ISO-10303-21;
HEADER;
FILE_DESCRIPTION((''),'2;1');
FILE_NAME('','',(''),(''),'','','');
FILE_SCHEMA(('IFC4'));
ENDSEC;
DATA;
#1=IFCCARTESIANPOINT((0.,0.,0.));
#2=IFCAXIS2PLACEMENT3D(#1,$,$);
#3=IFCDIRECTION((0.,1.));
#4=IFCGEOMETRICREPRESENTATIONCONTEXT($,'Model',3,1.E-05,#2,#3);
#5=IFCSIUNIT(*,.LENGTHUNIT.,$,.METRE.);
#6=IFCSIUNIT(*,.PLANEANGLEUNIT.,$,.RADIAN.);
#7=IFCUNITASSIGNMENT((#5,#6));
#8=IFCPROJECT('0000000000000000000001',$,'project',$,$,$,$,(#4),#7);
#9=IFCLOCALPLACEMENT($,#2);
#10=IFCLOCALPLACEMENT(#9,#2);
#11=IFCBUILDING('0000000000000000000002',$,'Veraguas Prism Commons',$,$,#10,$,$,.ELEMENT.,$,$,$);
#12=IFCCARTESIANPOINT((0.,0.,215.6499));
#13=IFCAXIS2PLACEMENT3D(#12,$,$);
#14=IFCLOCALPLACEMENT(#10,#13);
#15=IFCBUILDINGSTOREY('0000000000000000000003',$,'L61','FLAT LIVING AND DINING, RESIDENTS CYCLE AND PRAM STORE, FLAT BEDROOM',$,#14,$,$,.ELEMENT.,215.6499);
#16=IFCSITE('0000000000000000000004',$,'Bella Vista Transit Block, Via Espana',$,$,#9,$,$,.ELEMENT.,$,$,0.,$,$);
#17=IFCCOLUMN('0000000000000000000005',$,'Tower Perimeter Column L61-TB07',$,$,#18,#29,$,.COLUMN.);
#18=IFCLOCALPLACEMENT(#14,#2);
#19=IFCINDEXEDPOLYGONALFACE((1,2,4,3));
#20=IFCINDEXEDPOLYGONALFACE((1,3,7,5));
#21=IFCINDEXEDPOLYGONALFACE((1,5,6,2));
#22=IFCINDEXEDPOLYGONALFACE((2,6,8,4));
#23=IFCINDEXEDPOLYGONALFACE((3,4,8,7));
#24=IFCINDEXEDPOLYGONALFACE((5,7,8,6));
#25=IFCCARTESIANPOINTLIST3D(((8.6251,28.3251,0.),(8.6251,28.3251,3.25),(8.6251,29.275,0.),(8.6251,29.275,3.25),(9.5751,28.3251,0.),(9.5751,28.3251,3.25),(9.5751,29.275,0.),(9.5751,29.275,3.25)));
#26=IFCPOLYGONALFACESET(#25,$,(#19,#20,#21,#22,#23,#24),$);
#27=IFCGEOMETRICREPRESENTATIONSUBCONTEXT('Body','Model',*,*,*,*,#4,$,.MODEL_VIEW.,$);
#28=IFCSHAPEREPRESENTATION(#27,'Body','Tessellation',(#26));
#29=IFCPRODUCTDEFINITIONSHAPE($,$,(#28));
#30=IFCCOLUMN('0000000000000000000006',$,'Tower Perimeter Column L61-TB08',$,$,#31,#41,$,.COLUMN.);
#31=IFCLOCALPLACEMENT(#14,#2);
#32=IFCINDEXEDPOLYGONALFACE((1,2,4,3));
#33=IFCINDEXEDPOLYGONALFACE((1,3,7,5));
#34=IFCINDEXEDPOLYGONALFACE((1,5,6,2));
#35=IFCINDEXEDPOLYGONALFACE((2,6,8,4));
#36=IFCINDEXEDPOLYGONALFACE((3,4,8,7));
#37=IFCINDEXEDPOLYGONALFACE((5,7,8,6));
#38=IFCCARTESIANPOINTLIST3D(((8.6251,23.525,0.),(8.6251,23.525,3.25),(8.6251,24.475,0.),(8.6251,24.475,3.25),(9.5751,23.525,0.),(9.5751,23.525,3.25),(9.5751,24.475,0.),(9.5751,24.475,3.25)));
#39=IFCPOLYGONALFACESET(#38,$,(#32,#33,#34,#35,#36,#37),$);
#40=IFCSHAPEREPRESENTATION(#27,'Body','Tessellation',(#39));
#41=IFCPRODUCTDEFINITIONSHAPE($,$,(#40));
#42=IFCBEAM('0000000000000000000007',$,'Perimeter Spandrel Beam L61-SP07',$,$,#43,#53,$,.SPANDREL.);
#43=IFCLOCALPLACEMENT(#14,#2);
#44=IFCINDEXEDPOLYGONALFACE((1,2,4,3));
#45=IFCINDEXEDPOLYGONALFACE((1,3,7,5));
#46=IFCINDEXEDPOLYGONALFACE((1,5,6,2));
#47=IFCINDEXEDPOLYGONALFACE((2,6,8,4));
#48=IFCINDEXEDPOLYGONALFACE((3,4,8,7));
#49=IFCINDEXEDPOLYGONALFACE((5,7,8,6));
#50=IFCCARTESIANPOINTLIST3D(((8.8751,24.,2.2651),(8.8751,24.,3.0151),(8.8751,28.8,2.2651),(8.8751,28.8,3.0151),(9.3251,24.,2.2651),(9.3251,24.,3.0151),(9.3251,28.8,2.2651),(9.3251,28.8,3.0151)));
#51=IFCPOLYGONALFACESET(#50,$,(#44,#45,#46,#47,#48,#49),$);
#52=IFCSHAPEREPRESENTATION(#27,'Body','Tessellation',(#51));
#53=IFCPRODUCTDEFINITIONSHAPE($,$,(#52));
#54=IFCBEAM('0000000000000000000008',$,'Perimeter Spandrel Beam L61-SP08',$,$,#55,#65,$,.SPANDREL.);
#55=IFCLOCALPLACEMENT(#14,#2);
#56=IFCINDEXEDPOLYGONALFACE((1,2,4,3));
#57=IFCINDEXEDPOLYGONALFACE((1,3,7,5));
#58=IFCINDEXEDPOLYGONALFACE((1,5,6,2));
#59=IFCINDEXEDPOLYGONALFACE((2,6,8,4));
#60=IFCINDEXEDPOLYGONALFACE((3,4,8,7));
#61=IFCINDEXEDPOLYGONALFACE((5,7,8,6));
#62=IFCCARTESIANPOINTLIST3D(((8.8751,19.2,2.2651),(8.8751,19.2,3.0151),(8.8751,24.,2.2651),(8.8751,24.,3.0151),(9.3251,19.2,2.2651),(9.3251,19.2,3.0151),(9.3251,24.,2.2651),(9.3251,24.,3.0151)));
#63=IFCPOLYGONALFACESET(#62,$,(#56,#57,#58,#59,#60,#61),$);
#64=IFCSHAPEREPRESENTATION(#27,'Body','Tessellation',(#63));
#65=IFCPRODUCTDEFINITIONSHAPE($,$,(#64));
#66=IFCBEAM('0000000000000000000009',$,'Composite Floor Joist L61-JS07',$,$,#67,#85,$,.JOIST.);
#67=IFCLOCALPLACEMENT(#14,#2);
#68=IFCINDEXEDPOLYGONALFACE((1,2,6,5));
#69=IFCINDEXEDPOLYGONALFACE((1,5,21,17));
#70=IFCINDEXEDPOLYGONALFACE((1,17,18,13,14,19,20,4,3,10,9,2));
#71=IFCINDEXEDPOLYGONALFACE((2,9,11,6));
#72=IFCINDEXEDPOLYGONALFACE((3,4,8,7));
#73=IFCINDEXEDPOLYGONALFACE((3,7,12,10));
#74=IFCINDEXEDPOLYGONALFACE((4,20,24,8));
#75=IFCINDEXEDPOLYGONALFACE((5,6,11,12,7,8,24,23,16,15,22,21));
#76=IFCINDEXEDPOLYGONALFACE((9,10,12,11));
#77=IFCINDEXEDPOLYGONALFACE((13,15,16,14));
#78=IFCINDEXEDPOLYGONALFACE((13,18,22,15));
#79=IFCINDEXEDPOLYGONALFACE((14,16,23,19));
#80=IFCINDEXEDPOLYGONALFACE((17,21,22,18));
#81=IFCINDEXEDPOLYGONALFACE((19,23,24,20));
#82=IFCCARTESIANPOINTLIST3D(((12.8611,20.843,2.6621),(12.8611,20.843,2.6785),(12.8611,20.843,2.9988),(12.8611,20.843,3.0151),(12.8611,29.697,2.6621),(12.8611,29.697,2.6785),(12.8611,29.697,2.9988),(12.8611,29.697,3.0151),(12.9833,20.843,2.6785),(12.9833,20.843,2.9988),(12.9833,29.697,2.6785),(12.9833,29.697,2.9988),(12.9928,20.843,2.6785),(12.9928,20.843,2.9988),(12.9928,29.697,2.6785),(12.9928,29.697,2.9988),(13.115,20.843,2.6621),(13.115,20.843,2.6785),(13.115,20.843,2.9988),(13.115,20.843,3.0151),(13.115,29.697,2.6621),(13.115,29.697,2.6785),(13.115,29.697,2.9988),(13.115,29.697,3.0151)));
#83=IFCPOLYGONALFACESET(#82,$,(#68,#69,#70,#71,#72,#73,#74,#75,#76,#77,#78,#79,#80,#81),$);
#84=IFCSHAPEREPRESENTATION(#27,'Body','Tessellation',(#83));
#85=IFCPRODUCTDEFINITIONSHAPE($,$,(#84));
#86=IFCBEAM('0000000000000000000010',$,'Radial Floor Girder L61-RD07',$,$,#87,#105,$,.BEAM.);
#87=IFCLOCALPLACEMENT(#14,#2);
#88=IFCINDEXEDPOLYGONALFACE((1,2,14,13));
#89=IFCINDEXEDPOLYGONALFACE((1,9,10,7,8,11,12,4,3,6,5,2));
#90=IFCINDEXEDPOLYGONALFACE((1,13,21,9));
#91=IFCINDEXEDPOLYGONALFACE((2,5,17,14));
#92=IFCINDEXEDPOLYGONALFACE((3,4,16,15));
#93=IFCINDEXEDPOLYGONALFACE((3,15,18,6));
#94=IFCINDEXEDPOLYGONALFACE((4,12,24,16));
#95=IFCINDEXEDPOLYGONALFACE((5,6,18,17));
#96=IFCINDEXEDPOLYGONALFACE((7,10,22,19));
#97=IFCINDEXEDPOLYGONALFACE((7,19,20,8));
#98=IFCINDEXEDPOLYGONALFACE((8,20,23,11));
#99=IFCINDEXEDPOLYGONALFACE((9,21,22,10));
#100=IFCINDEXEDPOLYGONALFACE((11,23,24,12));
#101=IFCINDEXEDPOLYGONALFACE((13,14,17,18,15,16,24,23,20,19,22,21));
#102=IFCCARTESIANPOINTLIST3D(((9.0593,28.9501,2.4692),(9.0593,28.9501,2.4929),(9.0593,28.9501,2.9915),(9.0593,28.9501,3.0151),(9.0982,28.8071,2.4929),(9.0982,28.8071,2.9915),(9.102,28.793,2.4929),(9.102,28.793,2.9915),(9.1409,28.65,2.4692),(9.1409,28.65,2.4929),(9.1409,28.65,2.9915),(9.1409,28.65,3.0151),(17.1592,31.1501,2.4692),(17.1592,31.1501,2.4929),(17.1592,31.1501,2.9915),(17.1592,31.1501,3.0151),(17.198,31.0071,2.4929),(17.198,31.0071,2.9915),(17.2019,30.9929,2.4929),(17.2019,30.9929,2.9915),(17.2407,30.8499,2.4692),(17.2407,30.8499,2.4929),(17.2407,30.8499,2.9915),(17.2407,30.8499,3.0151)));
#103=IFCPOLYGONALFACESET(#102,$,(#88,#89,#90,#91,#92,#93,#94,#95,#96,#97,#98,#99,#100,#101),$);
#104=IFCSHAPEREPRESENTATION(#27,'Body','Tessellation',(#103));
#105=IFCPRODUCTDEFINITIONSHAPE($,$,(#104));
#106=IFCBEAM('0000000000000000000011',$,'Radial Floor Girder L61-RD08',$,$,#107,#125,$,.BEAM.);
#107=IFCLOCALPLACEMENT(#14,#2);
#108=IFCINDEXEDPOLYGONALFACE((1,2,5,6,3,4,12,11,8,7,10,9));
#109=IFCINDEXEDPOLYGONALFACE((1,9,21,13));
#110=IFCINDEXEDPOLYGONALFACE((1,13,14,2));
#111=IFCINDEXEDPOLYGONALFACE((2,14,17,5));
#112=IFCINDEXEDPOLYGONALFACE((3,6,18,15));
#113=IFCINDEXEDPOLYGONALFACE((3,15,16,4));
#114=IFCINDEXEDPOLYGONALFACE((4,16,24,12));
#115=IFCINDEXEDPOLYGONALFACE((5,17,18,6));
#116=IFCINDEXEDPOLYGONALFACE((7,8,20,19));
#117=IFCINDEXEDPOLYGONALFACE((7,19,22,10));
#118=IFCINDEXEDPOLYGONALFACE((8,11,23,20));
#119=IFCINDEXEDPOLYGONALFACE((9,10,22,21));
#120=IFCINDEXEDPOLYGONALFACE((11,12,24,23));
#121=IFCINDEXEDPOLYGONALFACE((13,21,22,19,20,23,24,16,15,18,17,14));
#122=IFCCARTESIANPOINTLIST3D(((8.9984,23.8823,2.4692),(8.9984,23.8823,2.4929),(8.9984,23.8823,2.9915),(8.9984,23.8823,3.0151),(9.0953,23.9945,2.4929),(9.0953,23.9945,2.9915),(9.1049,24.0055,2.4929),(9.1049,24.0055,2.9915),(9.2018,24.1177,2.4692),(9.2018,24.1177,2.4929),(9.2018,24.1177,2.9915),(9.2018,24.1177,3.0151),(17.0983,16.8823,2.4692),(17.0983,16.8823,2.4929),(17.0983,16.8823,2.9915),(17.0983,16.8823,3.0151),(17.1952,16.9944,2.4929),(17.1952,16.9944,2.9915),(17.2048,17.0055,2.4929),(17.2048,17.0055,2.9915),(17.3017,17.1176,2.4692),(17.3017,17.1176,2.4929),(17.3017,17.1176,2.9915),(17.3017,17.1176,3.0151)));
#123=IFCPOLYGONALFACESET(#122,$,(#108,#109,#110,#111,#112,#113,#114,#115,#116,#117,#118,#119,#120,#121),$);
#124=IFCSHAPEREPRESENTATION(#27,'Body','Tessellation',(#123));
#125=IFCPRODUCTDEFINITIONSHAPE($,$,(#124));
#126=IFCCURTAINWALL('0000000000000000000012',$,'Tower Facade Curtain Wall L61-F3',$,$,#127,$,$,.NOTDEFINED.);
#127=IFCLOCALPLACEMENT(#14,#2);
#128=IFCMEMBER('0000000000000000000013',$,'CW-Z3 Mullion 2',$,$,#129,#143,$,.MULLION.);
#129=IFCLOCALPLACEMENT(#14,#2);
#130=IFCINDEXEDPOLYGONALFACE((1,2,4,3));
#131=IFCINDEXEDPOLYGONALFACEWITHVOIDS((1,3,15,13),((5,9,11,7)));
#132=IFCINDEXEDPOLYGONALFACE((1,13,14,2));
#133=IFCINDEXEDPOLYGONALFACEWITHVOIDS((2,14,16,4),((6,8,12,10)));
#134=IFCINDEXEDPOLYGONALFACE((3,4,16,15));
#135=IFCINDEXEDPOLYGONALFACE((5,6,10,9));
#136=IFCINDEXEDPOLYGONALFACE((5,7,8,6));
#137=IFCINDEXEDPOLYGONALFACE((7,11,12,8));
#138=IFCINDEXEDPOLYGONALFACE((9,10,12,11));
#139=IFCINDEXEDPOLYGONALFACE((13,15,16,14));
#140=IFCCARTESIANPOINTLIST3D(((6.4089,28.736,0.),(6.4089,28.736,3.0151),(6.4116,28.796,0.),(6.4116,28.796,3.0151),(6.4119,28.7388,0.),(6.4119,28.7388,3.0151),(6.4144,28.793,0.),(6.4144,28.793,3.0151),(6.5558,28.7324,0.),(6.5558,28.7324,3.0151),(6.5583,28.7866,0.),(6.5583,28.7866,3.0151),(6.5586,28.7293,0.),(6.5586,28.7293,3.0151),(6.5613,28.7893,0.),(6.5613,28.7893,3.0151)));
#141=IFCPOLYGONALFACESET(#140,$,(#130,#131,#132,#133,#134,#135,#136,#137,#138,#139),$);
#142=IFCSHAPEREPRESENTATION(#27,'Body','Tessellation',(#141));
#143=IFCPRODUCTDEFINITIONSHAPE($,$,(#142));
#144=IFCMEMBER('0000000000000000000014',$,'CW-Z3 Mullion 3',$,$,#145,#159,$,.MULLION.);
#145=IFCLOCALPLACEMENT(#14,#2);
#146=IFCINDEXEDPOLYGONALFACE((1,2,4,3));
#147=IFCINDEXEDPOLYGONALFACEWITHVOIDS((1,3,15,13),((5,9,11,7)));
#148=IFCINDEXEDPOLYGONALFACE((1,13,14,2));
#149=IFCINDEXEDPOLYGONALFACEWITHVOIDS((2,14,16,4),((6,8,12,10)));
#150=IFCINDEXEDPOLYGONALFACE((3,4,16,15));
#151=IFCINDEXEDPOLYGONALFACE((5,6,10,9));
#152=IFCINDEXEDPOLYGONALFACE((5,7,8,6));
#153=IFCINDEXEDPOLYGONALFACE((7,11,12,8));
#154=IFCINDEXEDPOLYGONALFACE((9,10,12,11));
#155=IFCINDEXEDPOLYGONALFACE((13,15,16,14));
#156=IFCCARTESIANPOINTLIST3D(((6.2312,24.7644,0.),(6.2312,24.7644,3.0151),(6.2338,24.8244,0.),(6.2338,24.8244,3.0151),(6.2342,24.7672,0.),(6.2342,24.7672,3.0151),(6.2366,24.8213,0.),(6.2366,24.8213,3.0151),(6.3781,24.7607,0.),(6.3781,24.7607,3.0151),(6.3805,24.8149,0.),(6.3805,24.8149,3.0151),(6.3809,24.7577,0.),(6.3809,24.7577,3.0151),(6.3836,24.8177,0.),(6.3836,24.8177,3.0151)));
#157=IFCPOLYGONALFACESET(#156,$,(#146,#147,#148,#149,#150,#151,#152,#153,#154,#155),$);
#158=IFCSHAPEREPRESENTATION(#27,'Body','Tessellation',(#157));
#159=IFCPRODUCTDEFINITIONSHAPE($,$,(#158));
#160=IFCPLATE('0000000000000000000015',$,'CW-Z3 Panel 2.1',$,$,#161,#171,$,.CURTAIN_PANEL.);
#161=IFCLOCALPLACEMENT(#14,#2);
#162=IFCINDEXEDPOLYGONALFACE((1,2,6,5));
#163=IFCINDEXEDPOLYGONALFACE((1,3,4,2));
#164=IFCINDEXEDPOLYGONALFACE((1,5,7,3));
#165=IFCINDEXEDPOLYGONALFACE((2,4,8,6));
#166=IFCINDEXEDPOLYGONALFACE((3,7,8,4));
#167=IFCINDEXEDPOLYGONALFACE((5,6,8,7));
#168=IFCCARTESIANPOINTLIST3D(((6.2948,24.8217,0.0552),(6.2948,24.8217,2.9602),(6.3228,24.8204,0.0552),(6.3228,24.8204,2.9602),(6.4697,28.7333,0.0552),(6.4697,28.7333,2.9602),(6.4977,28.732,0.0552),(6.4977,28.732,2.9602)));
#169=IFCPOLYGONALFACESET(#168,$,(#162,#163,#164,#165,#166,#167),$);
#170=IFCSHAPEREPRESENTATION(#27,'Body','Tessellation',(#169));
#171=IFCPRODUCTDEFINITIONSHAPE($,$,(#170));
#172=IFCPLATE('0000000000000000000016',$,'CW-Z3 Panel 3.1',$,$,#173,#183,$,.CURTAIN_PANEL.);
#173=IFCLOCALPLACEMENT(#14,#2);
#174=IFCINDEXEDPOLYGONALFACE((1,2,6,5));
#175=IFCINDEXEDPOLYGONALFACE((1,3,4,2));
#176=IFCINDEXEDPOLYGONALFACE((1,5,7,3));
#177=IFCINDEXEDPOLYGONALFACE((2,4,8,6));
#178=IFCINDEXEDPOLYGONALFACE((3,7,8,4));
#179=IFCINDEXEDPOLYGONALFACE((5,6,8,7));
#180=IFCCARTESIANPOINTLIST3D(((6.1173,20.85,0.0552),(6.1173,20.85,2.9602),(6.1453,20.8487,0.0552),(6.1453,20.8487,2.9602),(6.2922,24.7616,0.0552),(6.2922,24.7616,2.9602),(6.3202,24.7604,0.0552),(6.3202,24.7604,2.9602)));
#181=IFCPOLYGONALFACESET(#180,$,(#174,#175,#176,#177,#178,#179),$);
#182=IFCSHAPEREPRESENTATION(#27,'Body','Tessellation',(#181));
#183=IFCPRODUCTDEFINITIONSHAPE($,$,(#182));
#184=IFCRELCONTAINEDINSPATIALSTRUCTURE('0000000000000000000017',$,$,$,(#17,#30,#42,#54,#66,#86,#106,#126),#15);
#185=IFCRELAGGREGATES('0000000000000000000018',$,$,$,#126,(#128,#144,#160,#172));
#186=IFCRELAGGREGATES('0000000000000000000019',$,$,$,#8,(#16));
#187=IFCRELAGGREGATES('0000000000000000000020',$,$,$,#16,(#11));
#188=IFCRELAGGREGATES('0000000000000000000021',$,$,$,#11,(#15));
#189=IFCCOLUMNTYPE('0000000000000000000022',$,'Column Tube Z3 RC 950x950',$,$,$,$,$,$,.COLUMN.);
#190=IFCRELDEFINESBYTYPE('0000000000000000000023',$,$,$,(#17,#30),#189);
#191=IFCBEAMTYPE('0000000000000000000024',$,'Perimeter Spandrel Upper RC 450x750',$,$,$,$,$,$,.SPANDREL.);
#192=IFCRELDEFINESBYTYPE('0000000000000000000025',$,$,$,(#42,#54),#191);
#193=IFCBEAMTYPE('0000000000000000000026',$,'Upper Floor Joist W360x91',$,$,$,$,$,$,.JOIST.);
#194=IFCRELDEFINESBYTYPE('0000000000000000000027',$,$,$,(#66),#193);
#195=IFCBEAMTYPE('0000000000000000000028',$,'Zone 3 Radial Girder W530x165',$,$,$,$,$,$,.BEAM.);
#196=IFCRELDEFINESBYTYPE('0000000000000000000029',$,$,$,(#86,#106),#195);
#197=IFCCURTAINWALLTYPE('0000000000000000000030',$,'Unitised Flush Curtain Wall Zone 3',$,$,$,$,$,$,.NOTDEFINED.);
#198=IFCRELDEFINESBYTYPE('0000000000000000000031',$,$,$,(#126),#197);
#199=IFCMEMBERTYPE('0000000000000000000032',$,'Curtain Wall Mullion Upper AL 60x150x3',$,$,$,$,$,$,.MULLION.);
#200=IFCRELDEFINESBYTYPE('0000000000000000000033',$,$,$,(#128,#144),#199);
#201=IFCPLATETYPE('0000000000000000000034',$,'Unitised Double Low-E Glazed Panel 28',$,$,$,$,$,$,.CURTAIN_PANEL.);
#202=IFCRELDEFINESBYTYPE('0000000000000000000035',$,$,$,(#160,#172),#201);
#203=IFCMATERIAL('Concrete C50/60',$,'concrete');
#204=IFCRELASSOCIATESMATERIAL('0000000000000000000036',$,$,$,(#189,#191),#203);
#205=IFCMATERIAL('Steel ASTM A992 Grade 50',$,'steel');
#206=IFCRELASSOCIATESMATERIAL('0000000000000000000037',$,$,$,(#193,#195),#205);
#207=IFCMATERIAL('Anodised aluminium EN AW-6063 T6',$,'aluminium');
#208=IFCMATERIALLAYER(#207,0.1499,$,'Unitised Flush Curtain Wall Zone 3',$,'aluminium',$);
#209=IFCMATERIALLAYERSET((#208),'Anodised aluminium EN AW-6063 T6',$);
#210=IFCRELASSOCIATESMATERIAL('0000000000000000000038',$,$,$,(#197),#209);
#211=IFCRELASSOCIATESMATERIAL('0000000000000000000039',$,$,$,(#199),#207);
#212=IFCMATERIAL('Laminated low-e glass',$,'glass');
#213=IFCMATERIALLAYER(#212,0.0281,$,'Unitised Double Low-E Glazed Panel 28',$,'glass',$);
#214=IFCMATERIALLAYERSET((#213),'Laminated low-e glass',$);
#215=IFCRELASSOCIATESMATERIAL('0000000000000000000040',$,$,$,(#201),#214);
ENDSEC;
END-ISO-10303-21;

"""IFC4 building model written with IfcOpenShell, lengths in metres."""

from ifc_helpers import new_model, si_unit, direction, frame, origin, origin_2d, place, context, subcontext, project, spatial, rectangle, hollow_rectangle, i_section, extrude, source, transform, mapped, material, layer, layer_set, material_profile, profile_set, type_object, element, aggregate, save


model = new_model("IFC4")

# Units and contexts
model_context = context("Model", 3, precision=1e-05, world=origin(), true_north=direction((0.0, 1.0)))
body_context = subcontext(model_context, "Body", "Model", "MODEL_VIEW")
ifc_project = project(units=[si_unit("LENGTHUNIT", "METRE"), si_unit("PLANEANGLEUNIT", "RADIAN")], contexts=[model_context])

# Site, building, storey
site_placement = place(None, origin())
site = spatial("IfcSite", under=ifc_project, at=site_placement, Name="Bella Vista Transit Block, Via Espana", CompositionType="ELEMENT", RefElevation=0.0)
building_placement = place(site_placement, origin())
building = spatial("IfcBuilding", under=site, at=building_placement, Name="Veraguas Prism Commons", CompositionType="ELEMENT")
storey_placement = place(building_placement, frame((0.0, 0.0, 215.6499)))
storey = spatial("IfcBuildingStorey", under=building, at=storey_placement, Name="L61", Description="FLAT LIVING AND DINING, RESIDENTS CYCLE AND PRAM STORE, FLAT BEDROOM", CompositionType="ELEMENT", Elevation=215.6499)

# Columns
ifc_material_1 = material(Name="Concrete C50/60", Category="concrete")
ifc_material_profile_1 = material_profile(ifc_material_1, rectangle(XDim=0.95, YDim=0.95, at=origin_2d()), Name="RC950X950")
ifc_profile_set_1 = profile_set([ifc_material_profile_1], Name="Concrete C50/60")
column_type = type_object("IfcColumnType", Name="Column Tube Z3 RC 950x950", PredefinedType="COLUMN", material=ifc_profile_set_1)
for number, where, z_axis, x_axis, name in (
    (1, (9.1001, 28.8, 0.0), (0.0, 0.0, 1.0), (1.0, 0.0, 0.0), "Tower Perimeter Column L61-TB07"),
    (2, (9.1001, 24.0, 0.0), (0.0, 0.0, 1.0), (1.0, 0.0, 0.0), "Tower Perimeter Column L61-TB08"),
):
    element("IfcColumn", number, at=place(storey_placement, frame(where, z_axis=z_axis, x_axis=x_axis)), inside=storey, type_object=column_type, Name=name, PredefinedType="COLUMN", context=body_context, shape_type="SweptSolid", body=[
        extrude(rectangle(XDim=0.95, YDim=0.95, at=origin_2d()), origin(), (0.0, 0.0, 1.0), 3.25),
    ])

# Beams
ifc_material_profile_2 = material_profile(ifc_material_1, rectangle(XDim=0.45, YDim=0.75, at=origin_2d()), Name="RC450X750")
ifc_profile_set_2 = profile_set([ifc_material_profile_2], Name="Concrete C50/60")
beam_type_1 = type_object("IfcBeamType", Name="Perimeter Spandrel Upper RC 450x750", PredefinedType="SPANDREL", material=ifc_profile_set_2)
for number, where, z_axis, x_axis, name in (
    (3, (9.1001, 28.8, 2.6401), (0.0, -1.0, 0.0), (1.0, 0.0, 0.0), "Perimeter Spandrel Beam L61-SP07"),
    (4, (9.1001, 24.0, 2.6401), (0.0, -1.0, 0.0), (1.0, 0.0, 0.0), "Perimeter Spandrel Beam L61-SP08"),
):
    element("IfcBeam", number, at=place(storey_placement, frame(where, z_axis=z_axis, x_axis=x_axis)), inside=storey, type_object=beam_type_1, Name=name, PredefinedType="SPANDREL", context=body_context, shape_type="SweptSolid", body=[
        extrude(rectangle(XDim=0.45, YDim=0.75, at=origin_2d()), origin(), (0.0, 0.0, 1.0), 4.8),
    ])
ifc_material_2 = material(Name="Steel ASTM A992 Grade 50", Category="steel")
ifc_material_profile_3 = material_profile(ifc_material_2, i_section(OverallWidth=0.2539, OverallDepth=0.353, WebThickness=0.0095, FlangeThickness=0.0164, at=origin_2d()), Name="W360X91")
ifc_profile_set_3 = profile_set([ifc_material_profile_3], Name="Steel ASTM A992 Grade 50")
beam_type_2 = type_object("IfcBeamType", Name="Upper Floor Joist W360x91", PredefinedType="JOIST", material=ifc_profile_set_3)
beam_1_placement = place(storey_placement, frame((12.988, 29.697, 2.8386), z_axis=(0.0, -1.0, 0.0), x_axis=(1.0, 0.0, 0.0)))
element("IfcBeam", 5, at=beam_1_placement, inside=storey, type_object=beam_type_2, Name="Composite Floor Joist L61-JS07", PredefinedType="JOIST", context=body_context, shape_type="SweptSolid", body=[
    extrude(i_section(OverallWidth=0.2539, OverallDepth=0.353, WebThickness=0.0095, FlangeThickness=0.0164, at=origin_2d()), origin(), (0.0, 0.0, 1.0), 8.854),
])
ifc_material_profile_4 = material_profile(ifc_material_2, i_section(OverallWidth=0.311, OverallDepth=0.5459, WebThickness=0.0146, FlangeThickness=0.0237, at=origin_2d()), Name="W530X165")
ifc_profile_set_4 = profile_set([ifc_material_profile_4], Name="Steel ASTM A992 Grade 50")
beam_type_3 = type_object("IfcBeamType", Name="Zone 3 Radial Girder W530x165", PredefinedType="BEAM", material=ifc_profile_set_4)
beam_2_placement = place(storey_placement, frame((9.1001, 28.8, 2.7422), z_axis=(0.965039, 0.262108, 0.0), x_axis=(-0.262108, 0.965039, 0.0)))
element("IfcBeam", 6, at=beam_2_placement, inside=storey, type_object=beam_type_3, Name="Radial Floor Girder L61-RD07", PredefinedType="BEAM", context=body_context, shape_type="SweptSolid", body=[
    extrude(i_section(OverallWidth=0.311, OverallDepth=0.5459, WebThickness=0.0146, FlangeThickness=0.0237, at=origin_2d()), origin(), (0.0, 0.0, 1.0), 8.3933),
])
beam_3_placement = place(storey_placement, frame((9.1001, 24.0, 2.7422), z_axis=(0.756607, -0.65387, 0.0), x_axis=(0.65387, 0.756607, 0.0)))
element("IfcBeam", 7, at=beam_3_placement, inside=storey, type_object=beam_type_3, Name="Radial Floor Girder L61-RD08", PredefinedType="BEAM", context=body_context, shape_type="SweptSolid", body=[
    extrude(i_section(OverallWidth=0.311, OverallDepth=0.5459, WebThickness=0.0146, FlangeThickness=0.0237, at=origin_2d()), origin(), (0.0, 0.0, 1.0), 10.7056),
])

# Curtain wall, members, plates
ifc_material_3 = material(Name="Anodised aluminium EN AW-6063 T6", Category="aluminium")
ifc_layer_1 = layer(ifc_material_3, 0.1499, Name="Unitised Flush Curtain Wall Zone 3", Category="aluminium")
ifc_layer_set_1 = layer_set([ifc_layer_1], Name="Anodised aluminium EN AW-6063 T6")
curtain_wall_type = type_object("IfcCurtainWallType", Name="Unitised Flush Curtain Wall Zone 3", PredefinedType="NOTDEFINED", material=ifc_layer_set_1)
curtain_wall_placement = place(storey_placement, origin())
curtain_wall = element("IfcCurtainWall", 8, at=curtain_wall_placement, inside=storey, type_object=curtain_wall_type, Name="Tower Facade Curtain Wall L61-F3", PredefinedType="NOTDEFINED")
ifc_material_profile_5 = material_profile(ifc_material_3, hollow_rectangle(XDim=0.0601, YDim=0.1499, WallThickness=0.0029, at=origin_2d()), Name="AL60X150X3")
ifc_profile_set_5 = profile_set([ifc_material_profile_5], Name="Anodised aluminium EN AW-6063 T6")
member_type = type_object("IfcMemberType", Name="Curtain Wall Mullion Upper AL 60x150x3", PredefinedType="MULLION", material=ifc_profile_set_5)
shared_shape_1 = source(origin(), body_context, "Body", "SweptSolid", [
    extrude(hollow_rectangle(XDim=0.0601, YDim=0.1499, WallThickness=0.0029, at=origin_2d()), origin(), (0.0, 0.0, 1.0), 3.0151),
])
member_1_placement = place(storey_placement, frame((6.4851, 28.7627, 0.0), z_axis=(0.0, 0.0, 1.0), x_axis=(-0.044666, -0.999002, 0.0)))
member_1 = element("IfcMember", 9, at=member_1_placement, type_object=member_type, Name="CW-Z3 Mullion 2", PredefinedType="MULLION", context=body_context, shape_type="MappedRepresentation", body=[
    mapped(shared_shape_1, transform((0.0, 0.0, 0.0), scale=1.0)),
])
member_2_placement = place(storey_placement, frame((6.3074, 24.791, 0.0), z_axis=(0.0, 0.0, 1.0), x_axis=(-0.044666, -0.999002, 0.0)))
member_2 = element("IfcMember", 10, at=member_2_placement, type_object=member_type, Name="CW-Z3 Mullion 3", PredefinedType="MULLION", context=body_context, shape_type="MappedRepresentation", body=[
    mapped(shared_shape_1, transform((0.0, 0.0, 0.0), scale=1.0)),
])
ifc_material_4 = material(Name="Laminated low-e glass", Category="glass")
ifc_layer_2 = layer(ifc_material_4, 0.0281, Name="Unitised Double Low-E Glazed Panel 28", Category="glass")
ifc_layer_set_2 = layer_set([ifc_layer_2], Name="Laminated low-e glass")
plate_type = type_object("IfcPlateType", Name="Unitised Double Low-E Glazed Panel 28", PredefinedType="CURTAIN_PANEL", material=ifc_layer_set_2)
shared_shape_2 = source(origin(), body_context, "Body", "SweptSolid", [
    extrude(rectangle(XDim=3.9155, YDim=0.0281, at=origin_2d()), origin(), (0.0, 0.0, 1.0), 2.905),
])
plate_1_placement = place(storey_placement, frame((6.3962, 26.7769, 0.0552), z_axis=(0.0, 0.0, 1.0), x_axis=(-0.044666, -0.999002, 0.0)))
plate_1 = element("IfcPlate", 11, at=plate_1_placement, type_object=plate_type, Name="CW-Z3 Panel 2.1", PredefinedType="CURTAIN_PANEL", context=body_context, shape_type="MappedRepresentation", body=[
    mapped(shared_shape_2, transform((0.0, 0.0, 0.0), scale=1.0)),
])
plate_2_placement = place(storey_placement, frame((6.2188, 22.8052, 0.0552), z_axis=(0.0, 0.0, 1.0), x_axis=(-0.044666, -0.999002, 0.0)))
plate_2 = element("IfcPlate", 12, at=plate_2_placement, type_object=plate_type, Name="CW-Z3 Panel 3.1", PredefinedType="CURTAIN_PANEL", context=body_context, shape_type="MappedRepresentation", body=[
    mapped(shared_shape_2, transform((0.0, 0.0, 0.0), scale=1.0)),
])
aggregate(curtain_wall, [member_1, member_2, plate_1, plate_2])

save(model, "model.ifc")
